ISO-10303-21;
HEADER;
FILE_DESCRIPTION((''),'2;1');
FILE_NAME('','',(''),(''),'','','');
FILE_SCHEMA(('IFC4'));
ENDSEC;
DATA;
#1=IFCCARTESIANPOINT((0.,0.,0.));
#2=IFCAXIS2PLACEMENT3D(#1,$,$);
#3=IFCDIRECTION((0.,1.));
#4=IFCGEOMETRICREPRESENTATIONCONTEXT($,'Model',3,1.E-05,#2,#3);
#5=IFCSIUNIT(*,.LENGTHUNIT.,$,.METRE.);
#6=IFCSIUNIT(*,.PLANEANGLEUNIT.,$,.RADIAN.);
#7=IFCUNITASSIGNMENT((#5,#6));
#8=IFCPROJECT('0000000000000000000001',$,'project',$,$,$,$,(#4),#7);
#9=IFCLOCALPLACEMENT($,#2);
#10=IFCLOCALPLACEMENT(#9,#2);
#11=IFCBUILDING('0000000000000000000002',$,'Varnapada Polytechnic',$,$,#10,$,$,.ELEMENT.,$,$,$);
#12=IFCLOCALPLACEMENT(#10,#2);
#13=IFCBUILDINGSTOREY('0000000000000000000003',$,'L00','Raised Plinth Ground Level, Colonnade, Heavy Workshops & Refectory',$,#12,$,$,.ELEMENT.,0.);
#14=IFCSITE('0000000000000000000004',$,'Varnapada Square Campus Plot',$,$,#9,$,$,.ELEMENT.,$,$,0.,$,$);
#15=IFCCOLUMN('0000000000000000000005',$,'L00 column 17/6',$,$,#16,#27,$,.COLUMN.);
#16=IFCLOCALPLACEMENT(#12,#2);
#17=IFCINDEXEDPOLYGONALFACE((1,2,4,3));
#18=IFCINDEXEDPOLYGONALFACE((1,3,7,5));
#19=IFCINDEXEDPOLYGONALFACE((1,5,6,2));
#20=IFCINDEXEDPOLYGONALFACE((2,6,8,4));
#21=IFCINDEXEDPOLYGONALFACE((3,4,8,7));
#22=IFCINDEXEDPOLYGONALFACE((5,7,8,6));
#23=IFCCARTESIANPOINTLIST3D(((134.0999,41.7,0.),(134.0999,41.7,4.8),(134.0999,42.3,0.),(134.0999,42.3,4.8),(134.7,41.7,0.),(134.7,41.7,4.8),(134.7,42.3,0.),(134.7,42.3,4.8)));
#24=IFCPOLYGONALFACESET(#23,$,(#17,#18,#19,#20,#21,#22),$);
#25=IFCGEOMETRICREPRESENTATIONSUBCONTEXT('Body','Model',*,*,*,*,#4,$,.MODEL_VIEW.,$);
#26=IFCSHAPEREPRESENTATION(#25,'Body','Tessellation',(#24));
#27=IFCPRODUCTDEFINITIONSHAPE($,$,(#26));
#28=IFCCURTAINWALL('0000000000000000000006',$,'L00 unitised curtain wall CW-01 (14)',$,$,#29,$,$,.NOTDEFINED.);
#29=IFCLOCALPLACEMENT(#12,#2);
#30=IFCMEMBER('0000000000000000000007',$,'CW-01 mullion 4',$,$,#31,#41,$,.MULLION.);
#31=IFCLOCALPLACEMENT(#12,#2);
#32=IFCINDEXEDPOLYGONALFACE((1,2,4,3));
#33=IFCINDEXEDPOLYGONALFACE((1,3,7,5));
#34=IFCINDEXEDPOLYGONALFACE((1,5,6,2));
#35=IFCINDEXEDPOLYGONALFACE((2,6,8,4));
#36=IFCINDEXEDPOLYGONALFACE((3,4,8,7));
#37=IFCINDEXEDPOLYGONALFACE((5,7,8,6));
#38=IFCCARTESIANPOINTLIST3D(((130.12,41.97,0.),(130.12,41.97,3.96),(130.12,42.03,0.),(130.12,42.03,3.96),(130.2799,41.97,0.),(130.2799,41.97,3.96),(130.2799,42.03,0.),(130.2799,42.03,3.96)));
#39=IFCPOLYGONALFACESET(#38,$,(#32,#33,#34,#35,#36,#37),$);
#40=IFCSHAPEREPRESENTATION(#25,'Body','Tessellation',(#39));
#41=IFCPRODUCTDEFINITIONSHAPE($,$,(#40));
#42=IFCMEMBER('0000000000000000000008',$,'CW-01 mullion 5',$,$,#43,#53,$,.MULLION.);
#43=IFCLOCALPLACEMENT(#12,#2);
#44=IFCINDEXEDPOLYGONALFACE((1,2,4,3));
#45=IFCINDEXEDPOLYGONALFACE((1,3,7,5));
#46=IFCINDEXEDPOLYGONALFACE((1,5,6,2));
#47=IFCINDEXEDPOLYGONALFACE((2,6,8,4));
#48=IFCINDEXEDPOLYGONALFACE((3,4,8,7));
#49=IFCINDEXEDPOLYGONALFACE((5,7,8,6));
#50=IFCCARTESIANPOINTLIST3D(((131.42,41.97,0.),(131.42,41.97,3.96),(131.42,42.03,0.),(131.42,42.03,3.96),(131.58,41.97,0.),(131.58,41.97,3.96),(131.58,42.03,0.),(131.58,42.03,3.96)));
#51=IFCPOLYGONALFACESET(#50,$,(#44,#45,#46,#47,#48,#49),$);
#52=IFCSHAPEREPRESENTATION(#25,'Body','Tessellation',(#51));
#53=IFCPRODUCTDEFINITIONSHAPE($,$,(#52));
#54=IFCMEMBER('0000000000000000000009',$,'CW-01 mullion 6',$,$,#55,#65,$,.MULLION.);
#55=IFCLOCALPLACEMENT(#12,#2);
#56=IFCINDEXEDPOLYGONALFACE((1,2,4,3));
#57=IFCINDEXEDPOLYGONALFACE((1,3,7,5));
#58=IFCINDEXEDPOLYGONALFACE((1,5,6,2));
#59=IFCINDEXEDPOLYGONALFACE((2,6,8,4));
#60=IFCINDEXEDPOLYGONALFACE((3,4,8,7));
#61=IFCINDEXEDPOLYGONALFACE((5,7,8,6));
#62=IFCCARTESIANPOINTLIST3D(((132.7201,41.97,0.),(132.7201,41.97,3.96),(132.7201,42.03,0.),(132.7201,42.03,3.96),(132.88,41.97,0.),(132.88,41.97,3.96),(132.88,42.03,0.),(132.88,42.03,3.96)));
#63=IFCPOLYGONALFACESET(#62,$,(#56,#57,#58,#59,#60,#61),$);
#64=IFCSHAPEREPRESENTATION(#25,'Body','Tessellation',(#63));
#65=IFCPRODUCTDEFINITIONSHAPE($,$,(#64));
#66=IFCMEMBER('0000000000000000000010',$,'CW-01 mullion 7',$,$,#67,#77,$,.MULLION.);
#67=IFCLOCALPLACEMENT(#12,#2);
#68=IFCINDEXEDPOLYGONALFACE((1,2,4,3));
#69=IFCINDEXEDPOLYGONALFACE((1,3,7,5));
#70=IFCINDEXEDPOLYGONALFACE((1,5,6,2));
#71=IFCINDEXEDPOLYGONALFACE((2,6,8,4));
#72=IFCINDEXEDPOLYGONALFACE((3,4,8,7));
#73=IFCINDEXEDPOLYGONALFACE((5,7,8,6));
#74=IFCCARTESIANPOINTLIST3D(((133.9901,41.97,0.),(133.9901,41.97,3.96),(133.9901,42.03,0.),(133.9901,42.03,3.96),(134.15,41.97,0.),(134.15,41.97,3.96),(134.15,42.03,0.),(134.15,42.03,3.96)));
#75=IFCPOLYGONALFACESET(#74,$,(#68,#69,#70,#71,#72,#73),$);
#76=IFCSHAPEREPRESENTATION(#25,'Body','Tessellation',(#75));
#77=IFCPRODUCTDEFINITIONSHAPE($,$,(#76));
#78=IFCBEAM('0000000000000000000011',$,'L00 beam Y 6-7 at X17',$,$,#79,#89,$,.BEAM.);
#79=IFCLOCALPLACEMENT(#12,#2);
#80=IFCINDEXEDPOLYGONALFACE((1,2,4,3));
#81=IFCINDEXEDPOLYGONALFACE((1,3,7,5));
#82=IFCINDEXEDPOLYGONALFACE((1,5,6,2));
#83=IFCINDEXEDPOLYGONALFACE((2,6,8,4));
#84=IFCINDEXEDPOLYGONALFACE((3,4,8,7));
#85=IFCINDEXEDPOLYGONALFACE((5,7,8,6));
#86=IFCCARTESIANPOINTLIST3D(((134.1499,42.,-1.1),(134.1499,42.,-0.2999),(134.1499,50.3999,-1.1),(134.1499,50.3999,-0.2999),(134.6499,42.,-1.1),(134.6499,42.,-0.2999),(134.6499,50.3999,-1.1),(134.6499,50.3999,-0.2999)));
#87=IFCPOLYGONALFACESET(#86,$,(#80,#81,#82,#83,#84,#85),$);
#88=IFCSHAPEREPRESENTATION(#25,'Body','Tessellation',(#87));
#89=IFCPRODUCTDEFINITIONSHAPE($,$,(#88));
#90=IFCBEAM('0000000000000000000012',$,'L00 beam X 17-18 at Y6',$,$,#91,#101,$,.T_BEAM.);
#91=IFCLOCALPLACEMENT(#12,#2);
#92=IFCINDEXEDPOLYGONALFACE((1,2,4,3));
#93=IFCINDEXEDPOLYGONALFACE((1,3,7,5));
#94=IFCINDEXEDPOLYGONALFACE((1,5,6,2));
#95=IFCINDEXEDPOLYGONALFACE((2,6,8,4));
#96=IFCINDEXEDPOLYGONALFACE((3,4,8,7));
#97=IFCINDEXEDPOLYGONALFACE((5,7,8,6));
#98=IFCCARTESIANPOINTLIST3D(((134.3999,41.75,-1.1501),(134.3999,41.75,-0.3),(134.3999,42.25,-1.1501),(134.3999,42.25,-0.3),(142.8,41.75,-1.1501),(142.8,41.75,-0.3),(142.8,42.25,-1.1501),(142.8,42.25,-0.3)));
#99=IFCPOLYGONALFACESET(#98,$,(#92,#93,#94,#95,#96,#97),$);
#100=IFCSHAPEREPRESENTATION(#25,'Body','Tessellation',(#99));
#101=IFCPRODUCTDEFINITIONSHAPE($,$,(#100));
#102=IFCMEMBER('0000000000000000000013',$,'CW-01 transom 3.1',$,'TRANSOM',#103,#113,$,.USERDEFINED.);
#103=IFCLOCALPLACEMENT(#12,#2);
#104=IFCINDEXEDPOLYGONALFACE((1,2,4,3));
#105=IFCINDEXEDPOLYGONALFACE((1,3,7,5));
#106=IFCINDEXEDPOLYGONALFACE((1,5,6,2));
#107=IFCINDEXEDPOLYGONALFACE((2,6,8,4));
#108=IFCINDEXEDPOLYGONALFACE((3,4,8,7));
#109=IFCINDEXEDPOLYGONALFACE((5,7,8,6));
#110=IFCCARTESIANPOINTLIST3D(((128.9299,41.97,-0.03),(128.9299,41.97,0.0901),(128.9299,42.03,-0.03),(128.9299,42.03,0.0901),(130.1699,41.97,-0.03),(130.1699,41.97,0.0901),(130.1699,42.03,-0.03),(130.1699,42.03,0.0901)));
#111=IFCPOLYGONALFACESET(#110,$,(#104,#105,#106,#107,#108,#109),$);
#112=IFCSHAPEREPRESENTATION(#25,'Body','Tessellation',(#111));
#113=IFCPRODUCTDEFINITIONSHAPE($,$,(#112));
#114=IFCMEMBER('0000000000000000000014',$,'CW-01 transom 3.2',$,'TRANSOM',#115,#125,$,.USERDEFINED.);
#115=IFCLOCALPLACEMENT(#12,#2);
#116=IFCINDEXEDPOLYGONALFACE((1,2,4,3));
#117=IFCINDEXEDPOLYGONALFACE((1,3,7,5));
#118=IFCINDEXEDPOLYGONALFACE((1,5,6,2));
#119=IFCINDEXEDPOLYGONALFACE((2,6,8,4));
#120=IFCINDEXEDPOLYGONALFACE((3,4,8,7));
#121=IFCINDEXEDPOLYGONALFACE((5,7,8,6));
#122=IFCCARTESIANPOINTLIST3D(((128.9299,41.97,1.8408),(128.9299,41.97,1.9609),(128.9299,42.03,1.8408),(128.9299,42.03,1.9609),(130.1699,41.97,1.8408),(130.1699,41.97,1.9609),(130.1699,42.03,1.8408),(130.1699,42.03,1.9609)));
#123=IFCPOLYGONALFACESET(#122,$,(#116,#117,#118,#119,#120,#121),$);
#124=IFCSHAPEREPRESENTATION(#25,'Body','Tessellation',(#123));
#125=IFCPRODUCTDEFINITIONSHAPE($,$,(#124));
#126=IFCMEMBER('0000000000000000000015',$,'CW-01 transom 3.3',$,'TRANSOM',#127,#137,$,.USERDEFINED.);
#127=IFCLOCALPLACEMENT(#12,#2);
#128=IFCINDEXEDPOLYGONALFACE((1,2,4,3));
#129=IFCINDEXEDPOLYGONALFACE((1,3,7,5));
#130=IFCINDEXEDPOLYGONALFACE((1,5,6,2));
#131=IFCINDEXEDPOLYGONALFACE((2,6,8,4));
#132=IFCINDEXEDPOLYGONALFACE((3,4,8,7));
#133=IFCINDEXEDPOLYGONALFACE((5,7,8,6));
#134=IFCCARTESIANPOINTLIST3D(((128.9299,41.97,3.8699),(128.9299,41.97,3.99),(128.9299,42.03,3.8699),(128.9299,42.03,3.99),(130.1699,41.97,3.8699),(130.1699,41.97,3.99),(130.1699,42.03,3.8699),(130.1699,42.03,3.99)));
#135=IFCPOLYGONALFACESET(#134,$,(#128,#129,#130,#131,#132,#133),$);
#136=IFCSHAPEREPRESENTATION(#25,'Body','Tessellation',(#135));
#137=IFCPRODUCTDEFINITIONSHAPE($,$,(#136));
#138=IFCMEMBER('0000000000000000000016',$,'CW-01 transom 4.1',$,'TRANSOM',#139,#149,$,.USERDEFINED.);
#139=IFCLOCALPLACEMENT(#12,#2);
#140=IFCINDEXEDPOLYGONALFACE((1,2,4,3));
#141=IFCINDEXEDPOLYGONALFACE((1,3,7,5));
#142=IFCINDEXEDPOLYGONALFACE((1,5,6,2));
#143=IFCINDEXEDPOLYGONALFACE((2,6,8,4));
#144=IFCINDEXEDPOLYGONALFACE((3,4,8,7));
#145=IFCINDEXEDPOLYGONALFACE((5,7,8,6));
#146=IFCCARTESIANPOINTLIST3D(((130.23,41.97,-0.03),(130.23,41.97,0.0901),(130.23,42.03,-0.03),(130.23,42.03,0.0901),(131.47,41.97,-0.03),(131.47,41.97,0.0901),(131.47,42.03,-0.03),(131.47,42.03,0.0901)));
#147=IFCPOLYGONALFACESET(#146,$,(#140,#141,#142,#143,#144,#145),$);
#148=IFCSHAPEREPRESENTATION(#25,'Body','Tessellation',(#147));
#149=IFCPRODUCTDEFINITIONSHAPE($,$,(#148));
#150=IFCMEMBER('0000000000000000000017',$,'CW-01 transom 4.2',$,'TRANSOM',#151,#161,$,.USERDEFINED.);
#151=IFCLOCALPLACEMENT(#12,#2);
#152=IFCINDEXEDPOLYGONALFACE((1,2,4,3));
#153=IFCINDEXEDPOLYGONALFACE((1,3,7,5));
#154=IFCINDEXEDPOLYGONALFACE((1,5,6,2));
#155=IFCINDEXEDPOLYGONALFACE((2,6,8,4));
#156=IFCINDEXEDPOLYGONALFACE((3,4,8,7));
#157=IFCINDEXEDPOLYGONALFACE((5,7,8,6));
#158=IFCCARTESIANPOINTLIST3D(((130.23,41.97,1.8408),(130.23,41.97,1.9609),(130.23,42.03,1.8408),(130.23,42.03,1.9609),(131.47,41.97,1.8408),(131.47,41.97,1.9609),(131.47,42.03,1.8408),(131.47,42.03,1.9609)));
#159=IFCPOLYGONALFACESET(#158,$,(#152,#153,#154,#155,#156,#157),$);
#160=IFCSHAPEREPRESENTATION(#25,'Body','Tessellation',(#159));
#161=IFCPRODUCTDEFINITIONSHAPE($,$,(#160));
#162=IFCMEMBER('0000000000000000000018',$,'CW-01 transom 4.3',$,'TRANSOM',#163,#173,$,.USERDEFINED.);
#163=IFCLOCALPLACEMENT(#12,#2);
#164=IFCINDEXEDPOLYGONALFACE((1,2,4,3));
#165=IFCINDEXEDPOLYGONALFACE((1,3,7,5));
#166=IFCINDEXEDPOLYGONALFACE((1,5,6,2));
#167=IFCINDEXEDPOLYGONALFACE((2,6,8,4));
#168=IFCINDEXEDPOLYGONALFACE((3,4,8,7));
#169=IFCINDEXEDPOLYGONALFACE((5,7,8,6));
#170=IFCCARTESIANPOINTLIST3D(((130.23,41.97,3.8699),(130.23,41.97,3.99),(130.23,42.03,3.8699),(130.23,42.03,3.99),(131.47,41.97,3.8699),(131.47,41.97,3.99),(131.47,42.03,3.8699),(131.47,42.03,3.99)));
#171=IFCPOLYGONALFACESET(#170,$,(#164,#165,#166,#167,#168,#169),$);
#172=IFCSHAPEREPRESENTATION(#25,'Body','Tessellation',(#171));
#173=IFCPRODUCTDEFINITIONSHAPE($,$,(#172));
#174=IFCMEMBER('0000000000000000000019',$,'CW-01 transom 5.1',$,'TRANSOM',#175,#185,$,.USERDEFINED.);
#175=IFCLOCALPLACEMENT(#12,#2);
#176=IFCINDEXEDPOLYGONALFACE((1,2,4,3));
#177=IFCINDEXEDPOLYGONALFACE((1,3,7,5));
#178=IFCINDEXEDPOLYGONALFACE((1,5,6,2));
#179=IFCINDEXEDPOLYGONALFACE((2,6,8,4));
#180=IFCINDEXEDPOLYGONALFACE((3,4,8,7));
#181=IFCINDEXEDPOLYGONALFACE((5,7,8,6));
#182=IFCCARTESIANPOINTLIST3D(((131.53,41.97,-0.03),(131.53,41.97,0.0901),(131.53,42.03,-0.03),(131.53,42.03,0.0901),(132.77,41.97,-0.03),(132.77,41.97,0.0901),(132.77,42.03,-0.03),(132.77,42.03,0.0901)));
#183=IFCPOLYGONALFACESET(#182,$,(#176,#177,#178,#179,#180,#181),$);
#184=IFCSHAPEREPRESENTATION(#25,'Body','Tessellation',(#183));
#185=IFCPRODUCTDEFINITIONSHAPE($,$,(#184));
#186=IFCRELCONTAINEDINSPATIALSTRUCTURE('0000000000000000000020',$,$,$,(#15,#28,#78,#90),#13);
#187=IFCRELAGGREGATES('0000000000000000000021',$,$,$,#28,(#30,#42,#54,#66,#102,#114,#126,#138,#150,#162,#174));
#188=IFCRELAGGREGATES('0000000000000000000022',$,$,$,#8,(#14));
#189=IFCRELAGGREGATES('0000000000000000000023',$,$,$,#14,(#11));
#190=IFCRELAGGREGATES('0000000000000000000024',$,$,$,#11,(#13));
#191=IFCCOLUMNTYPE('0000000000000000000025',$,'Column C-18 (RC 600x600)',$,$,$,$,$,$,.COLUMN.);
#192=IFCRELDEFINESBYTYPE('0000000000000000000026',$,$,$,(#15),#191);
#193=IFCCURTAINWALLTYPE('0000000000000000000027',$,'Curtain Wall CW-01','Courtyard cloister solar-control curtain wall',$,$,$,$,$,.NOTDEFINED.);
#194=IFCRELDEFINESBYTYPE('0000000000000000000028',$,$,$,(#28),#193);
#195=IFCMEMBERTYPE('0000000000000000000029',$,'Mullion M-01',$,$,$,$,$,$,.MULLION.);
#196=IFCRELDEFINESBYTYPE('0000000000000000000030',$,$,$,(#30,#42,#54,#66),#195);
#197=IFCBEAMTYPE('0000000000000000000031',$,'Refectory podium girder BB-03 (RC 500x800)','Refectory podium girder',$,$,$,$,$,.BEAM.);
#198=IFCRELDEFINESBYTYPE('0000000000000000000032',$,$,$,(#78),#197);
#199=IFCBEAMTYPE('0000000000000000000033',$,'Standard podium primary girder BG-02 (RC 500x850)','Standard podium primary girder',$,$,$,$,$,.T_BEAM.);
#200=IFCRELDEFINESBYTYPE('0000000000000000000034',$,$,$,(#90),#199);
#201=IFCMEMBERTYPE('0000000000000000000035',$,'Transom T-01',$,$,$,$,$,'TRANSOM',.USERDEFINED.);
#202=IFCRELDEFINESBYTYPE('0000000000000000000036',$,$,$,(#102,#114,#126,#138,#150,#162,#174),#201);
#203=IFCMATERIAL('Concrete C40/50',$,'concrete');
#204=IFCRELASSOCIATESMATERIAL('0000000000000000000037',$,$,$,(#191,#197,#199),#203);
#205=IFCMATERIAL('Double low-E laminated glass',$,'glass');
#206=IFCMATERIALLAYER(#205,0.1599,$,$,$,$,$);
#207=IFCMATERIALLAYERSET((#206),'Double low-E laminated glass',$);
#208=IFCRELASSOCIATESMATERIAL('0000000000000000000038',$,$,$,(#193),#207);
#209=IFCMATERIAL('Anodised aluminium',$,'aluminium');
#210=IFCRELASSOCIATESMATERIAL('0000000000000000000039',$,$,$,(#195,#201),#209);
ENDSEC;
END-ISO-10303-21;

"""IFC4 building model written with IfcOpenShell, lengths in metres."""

from ifc_helpers import new_model, si_unit, direction, frame, origin, origin_2d, place, context, subcontext, project, spatial, rectangle, extrude, material, layer, layer_set, material_profile, profile_set, type_object, element, aggregate, save


model = new_model("IFC4")

# Units and contexts
model_context = context("Model", 3, precision=1e-05, world=origin(), true_north=direction((0.0, 1.0)))
body_context = subcontext(model_context, "Body", "Model", "MODEL_VIEW")
ifc_project = project(units=[si_unit("LENGTHUNIT", "METRE"), si_unit("PLANEANGLEUNIT", "RADIAN")], contexts=[model_context])

# Site, building, storey
site_placement = place(None, origin())
site = spatial("IfcSite", under=ifc_project, at=site_placement, Name="Varnapada Square Campus Plot", CompositionType="ELEMENT", RefElevation=0.0)
building_placement = place(site_placement, origin())
building = spatial("IfcBuilding", under=site, at=building_placement, Name="Varnapada Polytechnic", CompositionType="ELEMENT")
storey_placement = place(building_placement, origin())
storey = spatial("IfcBuildingStorey", under=building, at=storey_placement, Name="L00", Description="Raised Plinth Ground Level, Colonnade, Heavy Workshops & Refectory", CompositionType="ELEMENT", Elevation=0.0)

# Column
ifc_material_1 = material(Name="Concrete C40/50", Category="concrete")
ifc_material_profile_1 = material_profile(ifc_material_1, rectangle(XDim=0.6001, YDim=0.6001, at=origin_2d()), Name="RC 600x600")
ifc_profile_set_1 = profile_set([ifc_material_profile_1], Name="Concrete C40/50")
column_type = type_object("IfcColumnType", Name="Column C-18 (RC 600x600)", PredefinedType="COLUMN", material=ifc_profile_set_1)
column_placement = place(storey_placement, frame((134.3999, 42.0, 0.0), z_axis=(0.0, 0.0, 1.0), x_axis=(1.0, 0.0, 0.0)))
element("IfcColumn", 1, at=column_placement, inside=storey, type_object=column_type, Name="L00 column 17/6", PredefinedType="COLUMN", context=body_context, shape_type="SweptSolid", body=[
    extrude(rectangle(XDim=0.6001, YDim=0.6001, at=origin_2d()), origin(), (0.0, 0.0, 1.0), 4.8),
])

# Curtain wall, members
ifc_material_2 = material(Name="Double low-E laminated glass", Category="glass")
ifc_layer_1 = layer(ifc_material_2, 0.1599)
ifc_layer_set_1 = layer_set([ifc_layer_1], Name="Double low-E laminated glass")
curtain_wall_type = type_object("IfcCurtainWallType", Name="Curtain Wall CW-01", Description="Courtyard cloister solar-control curtain wall", PredefinedType="NOTDEFINED", material=ifc_layer_set_1)
curtain_wall_placement = place(storey_placement, origin())
curtain_wall = element("IfcCurtainWall", 2, at=curtain_wall_placement, inside=storey, type_object=curtain_wall_type, Name="L00 unitised curtain wall CW-01 (14)", PredefinedType="NOTDEFINED")
ifc_material_3 = material(Name="Anodised aluminium", Category="aluminium")
ifc_material_profile_2 = material_profile(ifc_material_3, rectangle(XDim=0.0601, YDim=0.1599, at=origin_2d()), Name="ALU M60x160")
ifc_profile_set_2 = profile_set([ifc_material_profile_2], Name="Anodised aluminium")
member_type_1 = type_object("IfcMemberType", Name="Mullion M-01", PredefinedType="MULLION", material=ifc_profile_set_2)
member_1_placement = place(storey_placement, frame((130.2, 42.0, 0.0), z_axis=(0.0, 0.0, 1.0), x_axis=(0.0, 1.0, 0.0)))
member_1 = element("IfcMember", 3, at=member_1_placement, type_object=member_type_1, Name="CW-01 mullion 4", PredefinedType="MULLION", context=body_context, shape_type="SweptSolid", body=[
    extrude(rectangle(XDim=0.0601, YDim=0.1599, at=origin_2d()), origin(), (0.0, 0.0, 1.0), 3.96),
])
member_2_placement = place(storey_placement, frame((131.5, 42.0, 0.0), z_axis=(0.0, 0.0, 1.0), x_axis=(0.0, 1.0, 0.0)))
member_2 = element("IfcMember", 4, at=member_2_placement, type_object=member_type_1, Name="CW-01 mullion 5", PredefinedType="MULLION", context=body_context, shape_type="SweptSolid", body=[
    extrude(rectangle(XDim=0.0601, YDim=0.1599, at=origin_2d()), origin(), (0.0, 0.0, 1.0), 3.96),
])
member_3_placement = place(storey_placement, frame((132.8, 42.0, 0.0), z_axis=(0.0, 0.0, 1.0), x_axis=(0.0, 1.0, 0.0)))
member_3 = element("IfcMember", 5, at=member_3_placement, type_object=member_type_1, Name="CW-01 mullion 6", PredefinedType="MULLION", context=body_context, shape_type="SweptSolid", body=[
    extrude(rectangle(XDim=0.0601, YDim=0.1599, at=origin_2d()), origin(), (0.0, 0.0, 1.0), 3.96),
])
member_4_placement = place(storey_placement, frame((134.0701, 42.0, 0.0), z_axis=(0.0, 0.0, 1.0), x_axis=(0.0, 1.0, 0.0)))
member_4 = element("IfcMember", 6, at=member_4_placement, type_object=member_type_1, Name="CW-01 mullion 7", PredefinedType="MULLION", context=body_context, shape_type="SweptSolid", body=[
    extrude(rectangle(XDim=0.0601, YDim=0.1599, at=origin_2d()), origin(), (0.0, 0.0, 1.0), 3.96),
])

# Beams
ifc_material_profile_3 = material_profile(ifc_material_1, rectangle(XDim=0.5, YDim=0.8, at=origin_2d()), Name="RC 500x800")
ifc_profile_set_3 = profile_set([ifc_material_profile_3], Name="Concrete C40/50")
beam_type_1 = type_object("IfcBeamType", Name="Refectory podium girder BB-03 (RC 500x800)", Description="Refectory podium girder", PredefinedType="BEAM", material=ifc_profile_set_3)
beam_1_placement = place(storey_placement, frame((134.3999, 42.0, -0.7), z_axis=(0.0, 1.0, 0.0), x_axis=(-1.0, 0.0, 0.0)))
element("IfcBeam", 7, at=beam_1_placement, inside=storey, type_object=beam_type_1, Name="L00 beam Y 6-7 at X17", PredefinedType="BEAM", context=body_context, shape_type="SweptSolid", body=[
    extrude(rectangle(XDim=0.5, YDim=0.8, at=origin_2d()), origin(), (0.0, 0.0, 1.0), 8.3999),
])
ifc_material_profile_4 = material_profile(ifc_material_1, rectangle(XDim=0.5, YDim=0.8501, at=origin_2d()), Name="RC 500x850")
ifc_profile_set_4 = profile_set([ifc_material_profile_4], Name="Concrete C40/50")
beam_type_2 = type_object("IfcBeamType", Name="Standard podium primary girder BG-02 (RC 500x850)", Description="Standard podium primary girder", PredefinedType="T_BEAM", material=ifc_profile_set_4)
beam_2_placement = place(storey_placement, frame((134.3999, 42.0, -0.7251), z_axis=(1.0, 0.0, 0.0), x_axis=(0.0, 1.0, 0.0)))
element("IfcBeam", 8, at=beam_2_placement, inside=storey, type_object=beam_type_2, Name="L00 beam X 17-18 at Y6", PredefinedType="T_BEAM", context=body_context, shape_type="SweptSolid", body=[
    extrude(rectangle(XDim=0.5, YDim=0.8501, at=origin_2d()), origin(), (0.0, 0.0, 1.0), 8.4001),
])

# Members
ifc_material_profile_5 = material_profile(ifc_material_3, rectangle(XDim=0.0601, YDim=0.1201, at=origin_2d()), Name="ALU T60x120")
ifc_profile_set_5 = profile_set([ifc_material_profile_5], Name="Anodised aluminium")
member_type_2 = type_object("IfcMemberType", Name="Transom T-01", ElementType="TRANSOM", PredefinedType="USERDEFINED", material=ifc_profile_set_5)
member_5_placement = place(storey_placement, frame((128.9299, 42.0, 0.03), z_axis=(1.0, 0.0, 0.0), x_axis=(0.0, 1.0, 0.0)))
member_5 = element("IfcMember", 9, at=member_5_placement, type_object=member_type_2, Name="CW-01 transom 3.1", ObjectType="TRANSOM", PredefinedType="USERDEFINED", context=body_context, shape_type="SweptSolid", body=[
    extrude(rectangle(XDim=0.0601, YDim=0.1201, at=origin_2d()), origin(), (0.0, 0.0, 1.0), 1.24),
])
member_6_placement = place(storey_placement, frame((128.9299, 42.0, 1.9009), z_axis=(1.0, 0.0, 0.0), x_axis=(0.0, 1.0, 0.0)))
member_6 = element("IfcMember", 10, at=member_6_placement, type_object=member_type_2, Name="CW-01 transom 3.2", ObjectType="TRANSOM", PredefinedType="USERDEFINED", context=body_context, shape_type="SweptSolid", body=[
    extrude(rectangle(XDim=0.0601, YDim=0.1201, at=origin_2d()), origin(), (0.0, 0.0, 1.0), 1.24),
])
member_7_placement = place(storey_placement, frame((128.9299, 42.0, 3.9299), z_axis=(1.0, 0.0, 0.0), x_axis=(0.0, 1.0, 0.0)))
member_7 = element("IfcMember", 11, at=member_7_placement, type_object=member_type_2, Name="CW-01 transom 3.3", ObjectType="TRANSOM", PredefinedType="USERDEFINED", context=body_context, shape_type="SweptSolid", body=[
    extrude(rectangle(XDim=0.0601, YDim=0.1201, at=origin_2d()), origin(), (0.0, 0.0, 1.0), 1.24),
])
member_8_placement = place(storey_placement, frame((130.23, 42.0, 0.03), z_axis=(1.0, 0.0, 0.0), x_axis=(0.0, 1.0, 0.0)))
member_8 = element("IfcMember", 12, at=member_8_placement, type_object=member_type_2, Name="CW-01 transom 4.1", ObjectType="TRANSOM", PredefinedType="USERDEFINED", context=body_context, shape_type="SweptSolid", body=[
    extrude(rectangle(XDim=0.0601, YDim=0.1201, at=origin_2d()), origin(), (0.0, 0.0, 1.0), 1.24),
])
member_9_placement = place(storey_placement, frame((130.23, 42.0, 1.9009), z_axis=(1.0, 0.0, 0.0), x_axis=(0.0, 1.0, 0.0)))
member_9 = element("IfcMember", 13, at=member_9_placement, type_object=member_type_2, Name="CW-01 transom 4.2", ObjectType="TRANSOM", PredefinedType="USERDEFINED", context=body_context, shape_type="SweptSolid", body=[
    extrude(rectangle(XDim=0.0601, YDim=0.1201, at=origin_2d()), origin(), (0.0, 0.0, 1.0), 1.24),
])
member_10_placement = place(storey_placement, frame((130.23, 42.0, 3.9299), z_axis=(1.0, 0.0, 0.0), x_axis=(0.0, 1.0, 0.0)))
member_10 = element("IfcMember", 14, at=member_10_placement, type_object=member_type_2, Name="CW-01 transom 4.3", ObjectType="TRANSOM", PredefinedType="USERDEFINED", context=body_context, shape_type="SweptSolid", body=[
    extrude(rectangle(XDim=0.0601, YDim=0.1201, at=origin_2d()), origin(), (0.0, 0.0, 1.0), 1.24),
])
member_11_placement = place(storey_placement, frame((131.53, 42.0, 0.03), z_axis=(1.0, 0.0, 0.0), x_axis=(0.0, 1.0, 0.0)))
member_11 = element("IfcMember", 15, at=member_11_placement, type_object=member_type_2, Name="CW-01 transom 5.1", ObjectType="TRANSOM", PredefinedType="USERDEFINED", context=body_context, shape_type="SweptSolid", body=[
    extrude(rectangle(XDim=0.0601, YDim=0.1201, at=origin_2d()), origin(), (0.0, 0.0, 1.0), 1.24),
])

aggregate(curtain_wall, [member_1, member_2, member_3, member_4, member_5, member_6, member_7, member_8, member_9, member_10, member_11])

save(model, "model.ifc")
